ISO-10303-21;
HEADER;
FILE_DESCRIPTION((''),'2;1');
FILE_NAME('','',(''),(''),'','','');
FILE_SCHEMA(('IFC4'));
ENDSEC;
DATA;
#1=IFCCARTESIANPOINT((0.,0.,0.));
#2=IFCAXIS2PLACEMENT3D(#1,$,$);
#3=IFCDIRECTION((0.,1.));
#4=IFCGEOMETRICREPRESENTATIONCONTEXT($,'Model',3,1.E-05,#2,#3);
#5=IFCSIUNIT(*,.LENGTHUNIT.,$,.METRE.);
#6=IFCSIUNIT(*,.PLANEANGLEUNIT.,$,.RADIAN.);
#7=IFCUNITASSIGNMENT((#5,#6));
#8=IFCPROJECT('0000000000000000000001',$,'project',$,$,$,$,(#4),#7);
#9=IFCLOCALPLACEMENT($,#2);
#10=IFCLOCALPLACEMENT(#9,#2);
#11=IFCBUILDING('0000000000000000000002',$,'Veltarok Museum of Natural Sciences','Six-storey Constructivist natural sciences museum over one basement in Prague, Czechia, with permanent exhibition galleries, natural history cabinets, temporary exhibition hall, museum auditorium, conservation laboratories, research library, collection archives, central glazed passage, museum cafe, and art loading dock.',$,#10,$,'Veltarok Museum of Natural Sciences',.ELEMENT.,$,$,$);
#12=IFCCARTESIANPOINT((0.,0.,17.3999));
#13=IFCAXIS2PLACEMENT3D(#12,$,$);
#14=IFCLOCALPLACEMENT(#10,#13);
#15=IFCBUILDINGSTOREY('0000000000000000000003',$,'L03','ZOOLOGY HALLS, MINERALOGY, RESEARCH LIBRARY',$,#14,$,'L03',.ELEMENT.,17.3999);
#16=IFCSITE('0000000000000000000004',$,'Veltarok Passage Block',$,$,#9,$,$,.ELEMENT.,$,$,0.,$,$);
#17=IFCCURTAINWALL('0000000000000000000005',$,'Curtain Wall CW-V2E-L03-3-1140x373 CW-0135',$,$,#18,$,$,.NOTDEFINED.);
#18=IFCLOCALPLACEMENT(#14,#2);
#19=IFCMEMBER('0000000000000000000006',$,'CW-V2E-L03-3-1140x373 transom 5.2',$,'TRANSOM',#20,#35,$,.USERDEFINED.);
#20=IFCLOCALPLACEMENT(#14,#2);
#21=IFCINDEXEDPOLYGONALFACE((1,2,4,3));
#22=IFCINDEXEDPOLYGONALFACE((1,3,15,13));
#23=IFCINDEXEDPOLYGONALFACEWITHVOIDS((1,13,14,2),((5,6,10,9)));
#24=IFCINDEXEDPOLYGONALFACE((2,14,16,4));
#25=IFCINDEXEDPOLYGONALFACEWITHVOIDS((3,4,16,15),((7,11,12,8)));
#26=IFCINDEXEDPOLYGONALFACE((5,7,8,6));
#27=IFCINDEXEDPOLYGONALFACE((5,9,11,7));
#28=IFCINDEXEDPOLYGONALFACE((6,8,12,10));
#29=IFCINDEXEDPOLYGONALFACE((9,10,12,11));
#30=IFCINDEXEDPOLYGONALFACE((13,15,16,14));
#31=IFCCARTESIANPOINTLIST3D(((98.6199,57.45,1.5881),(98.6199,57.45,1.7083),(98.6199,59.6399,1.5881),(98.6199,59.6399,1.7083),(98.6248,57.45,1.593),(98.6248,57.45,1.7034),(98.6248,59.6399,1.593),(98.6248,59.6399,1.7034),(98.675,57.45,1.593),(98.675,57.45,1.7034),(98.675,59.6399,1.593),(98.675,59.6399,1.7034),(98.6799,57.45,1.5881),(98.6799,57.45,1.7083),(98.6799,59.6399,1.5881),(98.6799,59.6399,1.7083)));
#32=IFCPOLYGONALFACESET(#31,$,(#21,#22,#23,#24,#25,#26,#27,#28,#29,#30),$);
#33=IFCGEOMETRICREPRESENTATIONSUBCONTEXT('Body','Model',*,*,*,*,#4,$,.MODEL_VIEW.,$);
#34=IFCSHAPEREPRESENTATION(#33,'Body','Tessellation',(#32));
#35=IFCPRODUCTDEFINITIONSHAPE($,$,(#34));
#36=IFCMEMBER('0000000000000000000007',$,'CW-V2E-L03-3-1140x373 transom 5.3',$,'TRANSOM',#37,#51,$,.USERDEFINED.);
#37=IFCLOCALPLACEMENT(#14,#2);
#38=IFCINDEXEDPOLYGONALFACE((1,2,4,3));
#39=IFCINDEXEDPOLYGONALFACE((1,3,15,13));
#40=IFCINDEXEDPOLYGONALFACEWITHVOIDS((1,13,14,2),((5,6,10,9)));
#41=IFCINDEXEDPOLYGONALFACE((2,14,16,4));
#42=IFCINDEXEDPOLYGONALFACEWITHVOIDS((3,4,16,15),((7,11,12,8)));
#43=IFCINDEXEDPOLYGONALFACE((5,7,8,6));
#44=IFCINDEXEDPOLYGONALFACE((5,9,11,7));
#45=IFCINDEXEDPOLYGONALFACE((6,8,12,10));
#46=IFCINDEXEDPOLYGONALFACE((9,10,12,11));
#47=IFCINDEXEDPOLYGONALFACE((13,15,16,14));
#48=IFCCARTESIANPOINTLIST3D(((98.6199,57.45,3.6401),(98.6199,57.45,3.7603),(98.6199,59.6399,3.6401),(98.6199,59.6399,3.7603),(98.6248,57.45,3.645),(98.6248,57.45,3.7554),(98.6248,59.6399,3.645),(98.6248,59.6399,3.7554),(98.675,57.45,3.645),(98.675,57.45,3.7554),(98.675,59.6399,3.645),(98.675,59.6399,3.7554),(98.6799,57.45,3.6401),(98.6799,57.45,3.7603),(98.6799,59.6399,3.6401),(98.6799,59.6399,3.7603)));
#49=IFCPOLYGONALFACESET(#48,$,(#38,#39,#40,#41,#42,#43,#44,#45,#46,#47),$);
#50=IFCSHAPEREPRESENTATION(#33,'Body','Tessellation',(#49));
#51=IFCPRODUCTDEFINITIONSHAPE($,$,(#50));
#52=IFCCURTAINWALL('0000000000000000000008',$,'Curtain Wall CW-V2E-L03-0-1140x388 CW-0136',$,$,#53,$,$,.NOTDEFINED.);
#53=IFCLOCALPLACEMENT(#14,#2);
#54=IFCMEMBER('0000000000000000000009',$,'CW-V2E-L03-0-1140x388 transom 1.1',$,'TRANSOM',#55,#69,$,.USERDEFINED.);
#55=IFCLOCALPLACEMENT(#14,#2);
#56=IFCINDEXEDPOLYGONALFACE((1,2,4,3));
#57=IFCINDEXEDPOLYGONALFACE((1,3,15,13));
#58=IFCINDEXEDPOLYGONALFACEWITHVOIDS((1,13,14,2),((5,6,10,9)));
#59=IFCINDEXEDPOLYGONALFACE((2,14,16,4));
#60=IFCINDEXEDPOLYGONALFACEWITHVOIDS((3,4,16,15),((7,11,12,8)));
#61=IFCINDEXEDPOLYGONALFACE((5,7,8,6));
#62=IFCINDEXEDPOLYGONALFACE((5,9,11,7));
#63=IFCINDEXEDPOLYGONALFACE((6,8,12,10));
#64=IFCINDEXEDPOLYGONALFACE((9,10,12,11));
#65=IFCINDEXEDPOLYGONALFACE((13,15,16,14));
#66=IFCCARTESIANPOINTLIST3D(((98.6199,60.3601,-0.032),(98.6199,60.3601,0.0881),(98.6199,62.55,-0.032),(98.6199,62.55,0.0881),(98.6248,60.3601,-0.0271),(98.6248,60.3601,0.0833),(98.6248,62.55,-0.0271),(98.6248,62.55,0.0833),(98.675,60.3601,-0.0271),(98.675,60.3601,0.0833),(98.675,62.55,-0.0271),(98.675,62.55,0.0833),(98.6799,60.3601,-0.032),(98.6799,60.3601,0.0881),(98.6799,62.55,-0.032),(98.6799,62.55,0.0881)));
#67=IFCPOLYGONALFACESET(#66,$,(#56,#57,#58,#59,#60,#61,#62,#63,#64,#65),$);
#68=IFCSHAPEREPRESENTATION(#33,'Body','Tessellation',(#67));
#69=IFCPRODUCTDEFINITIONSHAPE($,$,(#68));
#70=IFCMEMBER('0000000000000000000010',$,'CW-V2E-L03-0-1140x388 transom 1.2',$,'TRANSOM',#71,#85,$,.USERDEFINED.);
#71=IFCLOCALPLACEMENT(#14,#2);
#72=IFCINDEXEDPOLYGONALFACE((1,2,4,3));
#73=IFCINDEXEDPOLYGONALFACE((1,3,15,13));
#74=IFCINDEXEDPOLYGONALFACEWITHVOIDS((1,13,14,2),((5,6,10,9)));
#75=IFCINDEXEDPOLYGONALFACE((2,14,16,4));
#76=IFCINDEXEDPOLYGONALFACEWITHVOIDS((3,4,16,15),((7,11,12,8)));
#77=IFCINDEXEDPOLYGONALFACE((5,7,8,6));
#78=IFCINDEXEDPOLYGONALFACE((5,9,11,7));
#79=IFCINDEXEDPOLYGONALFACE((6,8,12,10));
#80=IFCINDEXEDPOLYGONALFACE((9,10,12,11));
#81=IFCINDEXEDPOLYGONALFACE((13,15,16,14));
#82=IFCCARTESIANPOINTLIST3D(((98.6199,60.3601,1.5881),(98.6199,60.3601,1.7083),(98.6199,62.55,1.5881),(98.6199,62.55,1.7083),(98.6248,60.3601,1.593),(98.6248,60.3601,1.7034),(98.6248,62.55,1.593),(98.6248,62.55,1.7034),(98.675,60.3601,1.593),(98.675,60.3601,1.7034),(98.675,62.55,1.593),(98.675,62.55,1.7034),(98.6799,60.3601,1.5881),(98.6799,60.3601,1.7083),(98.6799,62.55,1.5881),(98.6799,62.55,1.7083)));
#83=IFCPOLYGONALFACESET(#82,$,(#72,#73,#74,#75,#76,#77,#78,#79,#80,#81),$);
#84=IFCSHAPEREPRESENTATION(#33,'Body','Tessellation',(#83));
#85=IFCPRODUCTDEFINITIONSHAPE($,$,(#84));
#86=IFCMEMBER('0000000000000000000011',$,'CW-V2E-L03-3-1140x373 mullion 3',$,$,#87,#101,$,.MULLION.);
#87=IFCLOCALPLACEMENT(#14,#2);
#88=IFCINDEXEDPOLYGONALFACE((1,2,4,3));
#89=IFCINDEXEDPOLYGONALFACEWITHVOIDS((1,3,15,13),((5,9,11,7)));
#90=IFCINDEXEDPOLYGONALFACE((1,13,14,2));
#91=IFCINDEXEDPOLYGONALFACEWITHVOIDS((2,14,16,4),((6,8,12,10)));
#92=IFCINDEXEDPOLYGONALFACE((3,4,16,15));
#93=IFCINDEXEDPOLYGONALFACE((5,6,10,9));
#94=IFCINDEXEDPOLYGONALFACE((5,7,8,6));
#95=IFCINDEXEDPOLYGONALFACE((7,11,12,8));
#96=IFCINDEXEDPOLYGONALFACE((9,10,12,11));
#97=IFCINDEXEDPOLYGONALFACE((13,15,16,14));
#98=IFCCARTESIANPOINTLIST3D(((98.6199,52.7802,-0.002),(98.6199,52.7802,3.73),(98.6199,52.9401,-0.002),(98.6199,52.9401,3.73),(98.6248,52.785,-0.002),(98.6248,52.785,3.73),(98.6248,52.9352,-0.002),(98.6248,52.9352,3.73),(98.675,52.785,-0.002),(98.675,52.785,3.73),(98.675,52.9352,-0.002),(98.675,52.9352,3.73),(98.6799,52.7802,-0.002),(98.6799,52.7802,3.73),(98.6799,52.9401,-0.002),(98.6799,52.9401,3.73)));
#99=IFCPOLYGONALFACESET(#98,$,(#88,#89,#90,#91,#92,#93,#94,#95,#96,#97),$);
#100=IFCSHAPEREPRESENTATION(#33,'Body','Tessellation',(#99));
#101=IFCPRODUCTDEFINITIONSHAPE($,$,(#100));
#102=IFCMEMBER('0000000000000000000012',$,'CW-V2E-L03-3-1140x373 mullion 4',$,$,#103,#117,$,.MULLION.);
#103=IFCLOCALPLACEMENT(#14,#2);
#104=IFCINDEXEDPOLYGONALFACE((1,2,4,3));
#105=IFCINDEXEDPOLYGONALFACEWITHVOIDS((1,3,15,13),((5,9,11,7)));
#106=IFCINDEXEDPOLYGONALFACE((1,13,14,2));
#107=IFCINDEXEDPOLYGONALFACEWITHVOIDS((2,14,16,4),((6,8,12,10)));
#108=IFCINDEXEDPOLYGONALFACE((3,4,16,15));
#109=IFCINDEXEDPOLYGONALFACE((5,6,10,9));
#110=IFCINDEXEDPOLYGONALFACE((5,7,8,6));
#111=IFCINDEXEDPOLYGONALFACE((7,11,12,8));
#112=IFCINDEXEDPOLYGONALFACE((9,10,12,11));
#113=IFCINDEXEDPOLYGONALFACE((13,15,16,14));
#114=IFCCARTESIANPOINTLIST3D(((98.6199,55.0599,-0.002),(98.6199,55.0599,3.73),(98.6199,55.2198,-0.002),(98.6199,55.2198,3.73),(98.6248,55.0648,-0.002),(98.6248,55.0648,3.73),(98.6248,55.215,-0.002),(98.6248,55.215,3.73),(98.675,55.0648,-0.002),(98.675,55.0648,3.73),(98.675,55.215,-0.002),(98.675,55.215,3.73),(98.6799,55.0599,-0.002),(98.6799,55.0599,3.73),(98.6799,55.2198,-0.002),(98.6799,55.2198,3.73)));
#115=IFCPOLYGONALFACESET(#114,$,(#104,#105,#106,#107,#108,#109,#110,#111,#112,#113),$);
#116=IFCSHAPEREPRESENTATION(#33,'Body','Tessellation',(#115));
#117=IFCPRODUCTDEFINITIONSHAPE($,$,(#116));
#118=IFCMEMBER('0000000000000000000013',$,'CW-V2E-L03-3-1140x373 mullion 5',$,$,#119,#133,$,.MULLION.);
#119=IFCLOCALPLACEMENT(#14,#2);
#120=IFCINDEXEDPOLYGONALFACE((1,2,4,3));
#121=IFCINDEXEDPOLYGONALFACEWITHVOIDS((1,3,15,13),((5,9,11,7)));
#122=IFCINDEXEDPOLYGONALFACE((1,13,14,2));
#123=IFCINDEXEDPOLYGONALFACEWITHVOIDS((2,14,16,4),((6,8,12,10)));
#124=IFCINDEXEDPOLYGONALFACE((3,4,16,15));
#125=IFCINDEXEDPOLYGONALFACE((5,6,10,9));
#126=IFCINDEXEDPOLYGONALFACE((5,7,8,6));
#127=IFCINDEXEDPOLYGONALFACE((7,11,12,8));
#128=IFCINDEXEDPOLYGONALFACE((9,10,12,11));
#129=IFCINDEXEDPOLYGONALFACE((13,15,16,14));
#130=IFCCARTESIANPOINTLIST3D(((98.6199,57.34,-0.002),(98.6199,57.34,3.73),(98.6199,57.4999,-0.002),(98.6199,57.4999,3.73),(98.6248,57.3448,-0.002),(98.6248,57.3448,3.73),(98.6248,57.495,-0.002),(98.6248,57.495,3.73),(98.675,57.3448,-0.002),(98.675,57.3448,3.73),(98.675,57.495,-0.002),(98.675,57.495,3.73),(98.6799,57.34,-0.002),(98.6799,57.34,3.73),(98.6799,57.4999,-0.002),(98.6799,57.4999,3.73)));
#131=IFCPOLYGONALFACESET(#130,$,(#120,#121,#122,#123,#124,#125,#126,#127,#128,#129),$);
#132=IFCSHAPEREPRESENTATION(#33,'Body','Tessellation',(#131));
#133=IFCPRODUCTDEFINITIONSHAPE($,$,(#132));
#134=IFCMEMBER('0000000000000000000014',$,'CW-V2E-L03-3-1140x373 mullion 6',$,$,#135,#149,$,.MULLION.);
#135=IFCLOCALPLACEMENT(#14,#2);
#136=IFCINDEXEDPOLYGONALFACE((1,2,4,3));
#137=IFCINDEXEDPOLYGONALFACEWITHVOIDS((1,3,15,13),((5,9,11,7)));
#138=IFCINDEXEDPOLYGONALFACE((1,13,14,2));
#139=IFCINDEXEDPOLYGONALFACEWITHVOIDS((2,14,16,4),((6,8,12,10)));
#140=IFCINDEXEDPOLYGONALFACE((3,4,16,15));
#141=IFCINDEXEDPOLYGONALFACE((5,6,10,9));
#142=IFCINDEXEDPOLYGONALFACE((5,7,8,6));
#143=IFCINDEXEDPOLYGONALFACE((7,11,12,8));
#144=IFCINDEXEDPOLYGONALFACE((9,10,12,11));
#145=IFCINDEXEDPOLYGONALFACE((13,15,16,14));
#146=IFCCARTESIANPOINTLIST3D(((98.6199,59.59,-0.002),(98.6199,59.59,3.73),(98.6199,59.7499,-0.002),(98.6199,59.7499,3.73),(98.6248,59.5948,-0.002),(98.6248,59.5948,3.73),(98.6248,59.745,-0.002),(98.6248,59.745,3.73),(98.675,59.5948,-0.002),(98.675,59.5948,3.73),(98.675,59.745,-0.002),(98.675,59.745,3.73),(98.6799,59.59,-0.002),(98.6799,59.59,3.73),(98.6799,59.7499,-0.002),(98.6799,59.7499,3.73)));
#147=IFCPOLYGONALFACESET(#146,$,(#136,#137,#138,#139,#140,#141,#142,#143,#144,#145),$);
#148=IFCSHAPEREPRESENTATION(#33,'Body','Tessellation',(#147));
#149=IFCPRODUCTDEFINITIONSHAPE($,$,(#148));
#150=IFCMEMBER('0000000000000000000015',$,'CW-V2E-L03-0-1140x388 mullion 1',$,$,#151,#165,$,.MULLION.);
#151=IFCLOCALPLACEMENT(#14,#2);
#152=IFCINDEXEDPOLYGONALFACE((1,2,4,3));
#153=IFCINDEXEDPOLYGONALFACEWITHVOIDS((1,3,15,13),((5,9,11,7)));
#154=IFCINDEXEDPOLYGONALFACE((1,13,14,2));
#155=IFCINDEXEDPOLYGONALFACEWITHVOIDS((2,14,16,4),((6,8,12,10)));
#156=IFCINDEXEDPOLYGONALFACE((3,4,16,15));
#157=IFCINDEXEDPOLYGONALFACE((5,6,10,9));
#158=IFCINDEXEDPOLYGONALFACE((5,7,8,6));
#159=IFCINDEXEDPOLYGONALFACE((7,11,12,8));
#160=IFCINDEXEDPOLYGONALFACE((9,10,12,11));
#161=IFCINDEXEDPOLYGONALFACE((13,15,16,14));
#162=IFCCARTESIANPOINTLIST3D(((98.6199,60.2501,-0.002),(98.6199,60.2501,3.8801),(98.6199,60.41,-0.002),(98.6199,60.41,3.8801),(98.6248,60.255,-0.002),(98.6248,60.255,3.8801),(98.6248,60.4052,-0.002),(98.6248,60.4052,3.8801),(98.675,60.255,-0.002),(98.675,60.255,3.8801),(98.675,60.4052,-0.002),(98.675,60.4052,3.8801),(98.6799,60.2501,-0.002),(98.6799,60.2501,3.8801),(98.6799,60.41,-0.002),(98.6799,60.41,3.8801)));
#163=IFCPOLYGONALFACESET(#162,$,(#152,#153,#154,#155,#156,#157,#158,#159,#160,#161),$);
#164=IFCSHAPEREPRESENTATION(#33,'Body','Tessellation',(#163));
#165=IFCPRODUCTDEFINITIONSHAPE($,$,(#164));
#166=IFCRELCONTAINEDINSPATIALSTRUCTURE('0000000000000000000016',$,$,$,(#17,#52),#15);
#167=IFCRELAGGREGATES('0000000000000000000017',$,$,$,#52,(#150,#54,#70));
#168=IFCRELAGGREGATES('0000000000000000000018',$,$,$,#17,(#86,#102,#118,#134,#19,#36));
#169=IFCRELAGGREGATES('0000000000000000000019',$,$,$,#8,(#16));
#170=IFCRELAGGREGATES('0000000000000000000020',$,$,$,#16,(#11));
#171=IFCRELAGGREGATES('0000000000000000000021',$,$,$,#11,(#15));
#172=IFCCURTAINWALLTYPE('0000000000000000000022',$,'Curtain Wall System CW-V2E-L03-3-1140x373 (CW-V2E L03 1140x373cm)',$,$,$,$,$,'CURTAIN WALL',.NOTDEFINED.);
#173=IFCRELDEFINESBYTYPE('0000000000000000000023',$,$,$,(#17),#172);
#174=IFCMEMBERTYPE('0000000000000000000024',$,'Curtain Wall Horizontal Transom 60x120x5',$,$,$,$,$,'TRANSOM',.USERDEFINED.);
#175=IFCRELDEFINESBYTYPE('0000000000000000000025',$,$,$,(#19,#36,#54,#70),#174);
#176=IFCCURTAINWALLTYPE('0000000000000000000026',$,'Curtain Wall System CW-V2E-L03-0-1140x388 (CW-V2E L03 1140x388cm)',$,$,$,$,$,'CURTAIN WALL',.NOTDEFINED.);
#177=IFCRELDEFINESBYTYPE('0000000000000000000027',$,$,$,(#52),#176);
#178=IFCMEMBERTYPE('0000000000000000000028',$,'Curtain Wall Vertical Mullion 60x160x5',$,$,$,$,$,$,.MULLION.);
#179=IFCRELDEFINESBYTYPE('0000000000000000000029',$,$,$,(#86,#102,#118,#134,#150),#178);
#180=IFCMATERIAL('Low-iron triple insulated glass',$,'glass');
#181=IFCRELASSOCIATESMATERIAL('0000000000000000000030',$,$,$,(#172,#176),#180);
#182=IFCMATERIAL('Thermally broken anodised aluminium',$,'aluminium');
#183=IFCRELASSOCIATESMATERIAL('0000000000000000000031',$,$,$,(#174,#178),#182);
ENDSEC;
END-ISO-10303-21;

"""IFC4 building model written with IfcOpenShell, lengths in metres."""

from ifc_helpers import new_model, si_unit, direction, frame, origin, origin_2d, place, context, subcontext, project, spatial, hollow_rectangle, extrude, material, material_profile, profile_set, type_object, element, aggregate, save


model = new_model("IFC4")

# Units and contexts
model_context = context("Model", 3, precision=1e-05, world=origin(), true_north=direction((0.0, 1.0)))
body_context = subcontext(model_context, "Body", "Model", "MODEL_VIEW")
ifc_project = project(units=[si_unit("LENGTHUNIT", "METRE"), si_unit("PLANEANGLEUNIT", "RADIAN")], contexts=[model_context])

# Site, building, storey
site_placement = place(None, origin())
site = spatial("IfcSite", under=ifc_project, at=site_placement, Name="Veltarok Passage Block", CompositionType="ELEMENT", RefElevation=0.0)
building_placement = place(site_placement, origin())
building = spatial("IfcBuilding", under=site, at=building_placement, Name="Veltarok Museum of Natural Sciences", Description="Six-storey Constructivist natural sciences museum over one basement in Prague, Czechia, with permanent exhibition galleries, natural history cabinets, temporary exhibition hall, museum auditorium, conservation laboratories, research library, collection archives, central glazed passage, museum cafe, and art loading dock.", LongName="Veltarok Museum of Natural Sciences", CompositionType="ELEMENT")
storey_placement = place(building_placement, frame((0.0, 0.0, 17.3999)))
storey = spatial("IfcBuildingStorey", under=building, at=storey_placement, Name="L03", Description="ZOOLOGY HALLS, MINERALOGY, RESEARCH LIBRARY", LongName="L03", CompositionType="ELEMENT", Elevation=17.3999)

# Curtain walls, members
ifc_material_1 = material(Name="Low-iron triple insulated glass", Category="glass")
curtain_wall_type_1 = type_object("IfcCurtainWallType", Name="Curtain Wall System CW-V2E-L03-3-1140x373 (CW-V2E L03 1140x373cm)", ElementType="CURTAIN WALL", PredefinedType="NOTDEFINED", material=ifc_material_1)
curtain_wall_1_placement = place(storey_placement, origin())
curtain_wall_1 = element("IfcCurtainWall", 1, at=curtain_wall_1_placement, inside=storey, type_object=curtain_wall_type_1, Name="Curtain Wall CW-V2E-L03-3-1140x373 CW-0135", PredefinedType="NOTDEFINED")
ifc_material_2 = material(Name="Thermally broken anodised aluminium", Category="aluminium")
ifc_material_profile_1 = material_profile(ifc_material_2, hollow_rectangle(XDim=0.0601, YDim=0.1201, WallThickness=0.0049, at=origin_2d()), Name="CW TRANSOM 60x120x5")
ifc_profile_set_1 = profile_set([ifc_material_profile_1], Name="Thermally broken anodised aluminium")
member_type_1 = type_object("IfcMemberType", Name="Curtain Wall Horizontal Transom 60x120x5", ElementType="TRANSOM", PredefinedType="USERDEFINED", material=ifc_profile_set_1)
member_1_placement = place(storey_placement, frame((98.6499, 57.45, 1.6482), z_axis=(0.0, 1.0, 0.0), x_axis=(-1.0, 0.0, 0.0)))
member_1 = element("IfcMember", 2, at=member_1_placement, type_object=member_type_1, Name="CW-V2E-L03-3-1140x373 transom 5.2", ObjectType="TRANSOM", PredefinedType="USERDEFINED", context=body_context, shape_type="SweptSolid", body=[
    extrude(hollow_rectangle(XDim=0.0601, YDim=0.1201, WallThickness=0.0049, at=origin_2d()), origin(), (0.0, 0.0, 1.0), 2.1899),
])
member_2_placement = place(storey_placement, frame((98.6499, 57.45, 3.7002), z_axis=(0.0, 1.0, 0.0), x_axis=(-1.0, 0.0, 0.0)))
member_2 = element("IfcMember", 3, at=member_2_placement, type_object=member_type_1, Name="CW-V2E-L03-3-1140x373 transom 5.3", ObjectType="TRANSOM", PredefinedType="USERDEFINED", context=body_context, shape_type="SweptSolid", body=[
    extrude(hollow_rectangle(XDim=0.0601, YDim=0.1201, WallThickness=0.0049, at=origin_2d()), origin(), (0.0, 0.0, 1.0), 2.1899),
])
curtain_wall_type_2 = type_object("IfcCurtainWallType", Name="Curtain Wall System CW-V2E-L03-0-1140x388 (CW-V2E L03 1140x388cm)", ElementType="CURTAIN WALL", PredefinedType="NOTDEFINED", material=ifc_material_1)
curtain_wall_2_placement = place(storey_placement, origin())
curtain_wall_2 = element("IfcCurtainWall", 4, at=curtain_wall_2_placement, inside=storey, type_object=curtain_wall_type_2, Name="Curtain Wall CW-V2E-L03-0-1140x388 CW-0136", PredefinedType="NOTDEFINED")
member_3_placement = place(storey_placement, frame((98.6499, 60.3601, 0.0281), z_axis=(0.0, 1.0, 0.0), x_axis=(-1.0, 0.0, 0.0)))
member_3 = element("IfcMember", 5, at=member_3_placement, type_object=member_type_1, Name="CW-V2E-L03-0-1140x388 transom 1.1", ObjectType="TRANSOM", PredefinedType="USERDEFINED", context=body_context, shape_type="SweptSolid", body=[
    extrude(hollow_rectangle(XDim=0.0601, YDim=0.1201, WallThickness=0.0049, at=origin_2d()), origin(), (0.0, 0.0, 1.0), 2.1899),
])
member_4_placement = place(storey_placement, frame((98.6499, 60.3601, 1.6482), z_axis=(0.0, 1.0, 0.0), x_axis=(-1.0, 0.0, 0.0)))
member_4 = element("IfcMember", 6, at=member_4_placement, type_object=member_type_1, Name="CW-V2E-L03-0-1140x388 transom 1.2", ObjectType="TRANSOM", PredefinedType="USERDEFINED", context=body_context, shape_type="SweptSolid", body=[
    extrude(hollow_rectangle(XDim=0.0601, YDim=0.1201, WallThickness=0.0049, at=origin_2d()), origin(), (0.0, 0.0, 1.0), 2.1899),
])

# Members
ifc_material_profile_2 = material_profile(ifc_material_2, hollow_rectangle(XDim=0.0601, YDim=0.1599, WallThickness=0.0049, at=origin_2d()), Name="CW MULLION 60x160x5")
ifc_profile_set_2 = profile_set([ifc_material_profile_2], Name="Thermally broken anodised aluminium")
member_type_2 = type_object("IfcMemberType", Name="Curtain Wall Vertical Mullion 60x160x5", PredefinedType="MULLION", material=ifc_profile_set_2)
member_5_placement = place(storey_placement, frame((98.6499, 52.8601, -0.002), z_axis=(0.0, 0.0, 1.0), x_axis=(-1.0, 0.0, 0.0)))
member_5 = element("IfcMember", 7, at=member_5_placement, type_object=member_type_2, Name="CW-V2E-L03-3-1140x373 mullion 3", PredefinedType="MULLION", context=body_context, shape_type="SweptSolid", body=[
    extrude(hollow_rectangle(XDim=0.0601, YDim=0.1599, WallThickness=0.0049, at=origin_2d()), origin(), (0.0, 0.0, 1.0), 3.7319),
])
member_6_placement = place(storey_placement, frame((98.6499, 55.1399, -0.002), z_axis=(0.0, 0.0, 1.0), x_axis=(-1.0, 0.0, 0.0)))
member_6 = element("IfcMember", 8, at=member_6_placement, type_object=member_type_2, Name="CW-V2E-L03-3-1140x373 mullion 4", PredefinedType="MULLION", context=body_context, shape_type="SweptSolid", body=[
    extrude(hollow_rectangle(XDim=0.0601, YDim=0.1599, WallThickness=0.0049, at=origin_2d()), origin(), (0.0, 0.0, 1.0), 3.7319),
])
member_7_placement = place(storey_placement, frame((98.6499, 57.4199, -0.002), z_axis=(0.0, 0.0, 1.0), x_axis=(-1.0, 0.0, 0.0)))
member_7 = element("IfcMember", 9, at=member_7_placement, type_object=member_type_2, Name="CW-V2E-L03-3-1140x373 mullion 5", PredefinedType="MULLION", context=body_context, shape_type="SweptSolid", body=[
    extrude(hollow_rectangle(XDim=0.0601, YDim=0.1599, WallThickness=0.0049, at=origin_2d()), origin(), (0.0, 0.0, 1.0), 3.7319),
])
member_8_placement = place(storey_placement, frame((98.6499, 59.6699, -0.002), z_axis=(0.0, 0.0, 1.0), x_axis=(-1.0, 0.0, 0.0)))
member_8 = element("IfcMember", 10, at=member_8_placement, type_object=member_type_2, Name="CW-V2E-L03-3-1140x373 mullion 6", PredefinedType="MULLION", context=body_context, shape_type="SweptSolid", body=[
    extrude(hollow_rectangle(XDim=0.0601, YDim=0.1599, WallThickness=0.0049, at=origin_2d()), origin(), (0.0, 0.0, 1.0), 3.7319),
])
member_9_placement = place(storey_placement, frame((98.6499, 60.3301, -0.002), z_axis=(0.0, 0.0, 1.0), x_axis=(-1.0, 0.0, 0.0)))
member_9 = element("IfcMember", 11, at=member_9_placement, type_object=member_type_2, Name="CW-V2E-L03-0-1140x388 mullion 1", PredefinedType="MULLION", context=body_context, shape_type="SweptSolid", body=[
    extrude(hollow_rectangle(XDim=0.0601, YDim=0.1599, WallThickness=0.0049, at=origin_2d()), origin(), (0.0, 0.0, 1.0), 3.8821),
])
aggregate(curtain_wall_2, [member_9, member_3, member_4])

aggregate(curtain_wall_1, [member_5, member_6, member_7, member_8, member_1, member_2])

save(model, "model.ifc")
